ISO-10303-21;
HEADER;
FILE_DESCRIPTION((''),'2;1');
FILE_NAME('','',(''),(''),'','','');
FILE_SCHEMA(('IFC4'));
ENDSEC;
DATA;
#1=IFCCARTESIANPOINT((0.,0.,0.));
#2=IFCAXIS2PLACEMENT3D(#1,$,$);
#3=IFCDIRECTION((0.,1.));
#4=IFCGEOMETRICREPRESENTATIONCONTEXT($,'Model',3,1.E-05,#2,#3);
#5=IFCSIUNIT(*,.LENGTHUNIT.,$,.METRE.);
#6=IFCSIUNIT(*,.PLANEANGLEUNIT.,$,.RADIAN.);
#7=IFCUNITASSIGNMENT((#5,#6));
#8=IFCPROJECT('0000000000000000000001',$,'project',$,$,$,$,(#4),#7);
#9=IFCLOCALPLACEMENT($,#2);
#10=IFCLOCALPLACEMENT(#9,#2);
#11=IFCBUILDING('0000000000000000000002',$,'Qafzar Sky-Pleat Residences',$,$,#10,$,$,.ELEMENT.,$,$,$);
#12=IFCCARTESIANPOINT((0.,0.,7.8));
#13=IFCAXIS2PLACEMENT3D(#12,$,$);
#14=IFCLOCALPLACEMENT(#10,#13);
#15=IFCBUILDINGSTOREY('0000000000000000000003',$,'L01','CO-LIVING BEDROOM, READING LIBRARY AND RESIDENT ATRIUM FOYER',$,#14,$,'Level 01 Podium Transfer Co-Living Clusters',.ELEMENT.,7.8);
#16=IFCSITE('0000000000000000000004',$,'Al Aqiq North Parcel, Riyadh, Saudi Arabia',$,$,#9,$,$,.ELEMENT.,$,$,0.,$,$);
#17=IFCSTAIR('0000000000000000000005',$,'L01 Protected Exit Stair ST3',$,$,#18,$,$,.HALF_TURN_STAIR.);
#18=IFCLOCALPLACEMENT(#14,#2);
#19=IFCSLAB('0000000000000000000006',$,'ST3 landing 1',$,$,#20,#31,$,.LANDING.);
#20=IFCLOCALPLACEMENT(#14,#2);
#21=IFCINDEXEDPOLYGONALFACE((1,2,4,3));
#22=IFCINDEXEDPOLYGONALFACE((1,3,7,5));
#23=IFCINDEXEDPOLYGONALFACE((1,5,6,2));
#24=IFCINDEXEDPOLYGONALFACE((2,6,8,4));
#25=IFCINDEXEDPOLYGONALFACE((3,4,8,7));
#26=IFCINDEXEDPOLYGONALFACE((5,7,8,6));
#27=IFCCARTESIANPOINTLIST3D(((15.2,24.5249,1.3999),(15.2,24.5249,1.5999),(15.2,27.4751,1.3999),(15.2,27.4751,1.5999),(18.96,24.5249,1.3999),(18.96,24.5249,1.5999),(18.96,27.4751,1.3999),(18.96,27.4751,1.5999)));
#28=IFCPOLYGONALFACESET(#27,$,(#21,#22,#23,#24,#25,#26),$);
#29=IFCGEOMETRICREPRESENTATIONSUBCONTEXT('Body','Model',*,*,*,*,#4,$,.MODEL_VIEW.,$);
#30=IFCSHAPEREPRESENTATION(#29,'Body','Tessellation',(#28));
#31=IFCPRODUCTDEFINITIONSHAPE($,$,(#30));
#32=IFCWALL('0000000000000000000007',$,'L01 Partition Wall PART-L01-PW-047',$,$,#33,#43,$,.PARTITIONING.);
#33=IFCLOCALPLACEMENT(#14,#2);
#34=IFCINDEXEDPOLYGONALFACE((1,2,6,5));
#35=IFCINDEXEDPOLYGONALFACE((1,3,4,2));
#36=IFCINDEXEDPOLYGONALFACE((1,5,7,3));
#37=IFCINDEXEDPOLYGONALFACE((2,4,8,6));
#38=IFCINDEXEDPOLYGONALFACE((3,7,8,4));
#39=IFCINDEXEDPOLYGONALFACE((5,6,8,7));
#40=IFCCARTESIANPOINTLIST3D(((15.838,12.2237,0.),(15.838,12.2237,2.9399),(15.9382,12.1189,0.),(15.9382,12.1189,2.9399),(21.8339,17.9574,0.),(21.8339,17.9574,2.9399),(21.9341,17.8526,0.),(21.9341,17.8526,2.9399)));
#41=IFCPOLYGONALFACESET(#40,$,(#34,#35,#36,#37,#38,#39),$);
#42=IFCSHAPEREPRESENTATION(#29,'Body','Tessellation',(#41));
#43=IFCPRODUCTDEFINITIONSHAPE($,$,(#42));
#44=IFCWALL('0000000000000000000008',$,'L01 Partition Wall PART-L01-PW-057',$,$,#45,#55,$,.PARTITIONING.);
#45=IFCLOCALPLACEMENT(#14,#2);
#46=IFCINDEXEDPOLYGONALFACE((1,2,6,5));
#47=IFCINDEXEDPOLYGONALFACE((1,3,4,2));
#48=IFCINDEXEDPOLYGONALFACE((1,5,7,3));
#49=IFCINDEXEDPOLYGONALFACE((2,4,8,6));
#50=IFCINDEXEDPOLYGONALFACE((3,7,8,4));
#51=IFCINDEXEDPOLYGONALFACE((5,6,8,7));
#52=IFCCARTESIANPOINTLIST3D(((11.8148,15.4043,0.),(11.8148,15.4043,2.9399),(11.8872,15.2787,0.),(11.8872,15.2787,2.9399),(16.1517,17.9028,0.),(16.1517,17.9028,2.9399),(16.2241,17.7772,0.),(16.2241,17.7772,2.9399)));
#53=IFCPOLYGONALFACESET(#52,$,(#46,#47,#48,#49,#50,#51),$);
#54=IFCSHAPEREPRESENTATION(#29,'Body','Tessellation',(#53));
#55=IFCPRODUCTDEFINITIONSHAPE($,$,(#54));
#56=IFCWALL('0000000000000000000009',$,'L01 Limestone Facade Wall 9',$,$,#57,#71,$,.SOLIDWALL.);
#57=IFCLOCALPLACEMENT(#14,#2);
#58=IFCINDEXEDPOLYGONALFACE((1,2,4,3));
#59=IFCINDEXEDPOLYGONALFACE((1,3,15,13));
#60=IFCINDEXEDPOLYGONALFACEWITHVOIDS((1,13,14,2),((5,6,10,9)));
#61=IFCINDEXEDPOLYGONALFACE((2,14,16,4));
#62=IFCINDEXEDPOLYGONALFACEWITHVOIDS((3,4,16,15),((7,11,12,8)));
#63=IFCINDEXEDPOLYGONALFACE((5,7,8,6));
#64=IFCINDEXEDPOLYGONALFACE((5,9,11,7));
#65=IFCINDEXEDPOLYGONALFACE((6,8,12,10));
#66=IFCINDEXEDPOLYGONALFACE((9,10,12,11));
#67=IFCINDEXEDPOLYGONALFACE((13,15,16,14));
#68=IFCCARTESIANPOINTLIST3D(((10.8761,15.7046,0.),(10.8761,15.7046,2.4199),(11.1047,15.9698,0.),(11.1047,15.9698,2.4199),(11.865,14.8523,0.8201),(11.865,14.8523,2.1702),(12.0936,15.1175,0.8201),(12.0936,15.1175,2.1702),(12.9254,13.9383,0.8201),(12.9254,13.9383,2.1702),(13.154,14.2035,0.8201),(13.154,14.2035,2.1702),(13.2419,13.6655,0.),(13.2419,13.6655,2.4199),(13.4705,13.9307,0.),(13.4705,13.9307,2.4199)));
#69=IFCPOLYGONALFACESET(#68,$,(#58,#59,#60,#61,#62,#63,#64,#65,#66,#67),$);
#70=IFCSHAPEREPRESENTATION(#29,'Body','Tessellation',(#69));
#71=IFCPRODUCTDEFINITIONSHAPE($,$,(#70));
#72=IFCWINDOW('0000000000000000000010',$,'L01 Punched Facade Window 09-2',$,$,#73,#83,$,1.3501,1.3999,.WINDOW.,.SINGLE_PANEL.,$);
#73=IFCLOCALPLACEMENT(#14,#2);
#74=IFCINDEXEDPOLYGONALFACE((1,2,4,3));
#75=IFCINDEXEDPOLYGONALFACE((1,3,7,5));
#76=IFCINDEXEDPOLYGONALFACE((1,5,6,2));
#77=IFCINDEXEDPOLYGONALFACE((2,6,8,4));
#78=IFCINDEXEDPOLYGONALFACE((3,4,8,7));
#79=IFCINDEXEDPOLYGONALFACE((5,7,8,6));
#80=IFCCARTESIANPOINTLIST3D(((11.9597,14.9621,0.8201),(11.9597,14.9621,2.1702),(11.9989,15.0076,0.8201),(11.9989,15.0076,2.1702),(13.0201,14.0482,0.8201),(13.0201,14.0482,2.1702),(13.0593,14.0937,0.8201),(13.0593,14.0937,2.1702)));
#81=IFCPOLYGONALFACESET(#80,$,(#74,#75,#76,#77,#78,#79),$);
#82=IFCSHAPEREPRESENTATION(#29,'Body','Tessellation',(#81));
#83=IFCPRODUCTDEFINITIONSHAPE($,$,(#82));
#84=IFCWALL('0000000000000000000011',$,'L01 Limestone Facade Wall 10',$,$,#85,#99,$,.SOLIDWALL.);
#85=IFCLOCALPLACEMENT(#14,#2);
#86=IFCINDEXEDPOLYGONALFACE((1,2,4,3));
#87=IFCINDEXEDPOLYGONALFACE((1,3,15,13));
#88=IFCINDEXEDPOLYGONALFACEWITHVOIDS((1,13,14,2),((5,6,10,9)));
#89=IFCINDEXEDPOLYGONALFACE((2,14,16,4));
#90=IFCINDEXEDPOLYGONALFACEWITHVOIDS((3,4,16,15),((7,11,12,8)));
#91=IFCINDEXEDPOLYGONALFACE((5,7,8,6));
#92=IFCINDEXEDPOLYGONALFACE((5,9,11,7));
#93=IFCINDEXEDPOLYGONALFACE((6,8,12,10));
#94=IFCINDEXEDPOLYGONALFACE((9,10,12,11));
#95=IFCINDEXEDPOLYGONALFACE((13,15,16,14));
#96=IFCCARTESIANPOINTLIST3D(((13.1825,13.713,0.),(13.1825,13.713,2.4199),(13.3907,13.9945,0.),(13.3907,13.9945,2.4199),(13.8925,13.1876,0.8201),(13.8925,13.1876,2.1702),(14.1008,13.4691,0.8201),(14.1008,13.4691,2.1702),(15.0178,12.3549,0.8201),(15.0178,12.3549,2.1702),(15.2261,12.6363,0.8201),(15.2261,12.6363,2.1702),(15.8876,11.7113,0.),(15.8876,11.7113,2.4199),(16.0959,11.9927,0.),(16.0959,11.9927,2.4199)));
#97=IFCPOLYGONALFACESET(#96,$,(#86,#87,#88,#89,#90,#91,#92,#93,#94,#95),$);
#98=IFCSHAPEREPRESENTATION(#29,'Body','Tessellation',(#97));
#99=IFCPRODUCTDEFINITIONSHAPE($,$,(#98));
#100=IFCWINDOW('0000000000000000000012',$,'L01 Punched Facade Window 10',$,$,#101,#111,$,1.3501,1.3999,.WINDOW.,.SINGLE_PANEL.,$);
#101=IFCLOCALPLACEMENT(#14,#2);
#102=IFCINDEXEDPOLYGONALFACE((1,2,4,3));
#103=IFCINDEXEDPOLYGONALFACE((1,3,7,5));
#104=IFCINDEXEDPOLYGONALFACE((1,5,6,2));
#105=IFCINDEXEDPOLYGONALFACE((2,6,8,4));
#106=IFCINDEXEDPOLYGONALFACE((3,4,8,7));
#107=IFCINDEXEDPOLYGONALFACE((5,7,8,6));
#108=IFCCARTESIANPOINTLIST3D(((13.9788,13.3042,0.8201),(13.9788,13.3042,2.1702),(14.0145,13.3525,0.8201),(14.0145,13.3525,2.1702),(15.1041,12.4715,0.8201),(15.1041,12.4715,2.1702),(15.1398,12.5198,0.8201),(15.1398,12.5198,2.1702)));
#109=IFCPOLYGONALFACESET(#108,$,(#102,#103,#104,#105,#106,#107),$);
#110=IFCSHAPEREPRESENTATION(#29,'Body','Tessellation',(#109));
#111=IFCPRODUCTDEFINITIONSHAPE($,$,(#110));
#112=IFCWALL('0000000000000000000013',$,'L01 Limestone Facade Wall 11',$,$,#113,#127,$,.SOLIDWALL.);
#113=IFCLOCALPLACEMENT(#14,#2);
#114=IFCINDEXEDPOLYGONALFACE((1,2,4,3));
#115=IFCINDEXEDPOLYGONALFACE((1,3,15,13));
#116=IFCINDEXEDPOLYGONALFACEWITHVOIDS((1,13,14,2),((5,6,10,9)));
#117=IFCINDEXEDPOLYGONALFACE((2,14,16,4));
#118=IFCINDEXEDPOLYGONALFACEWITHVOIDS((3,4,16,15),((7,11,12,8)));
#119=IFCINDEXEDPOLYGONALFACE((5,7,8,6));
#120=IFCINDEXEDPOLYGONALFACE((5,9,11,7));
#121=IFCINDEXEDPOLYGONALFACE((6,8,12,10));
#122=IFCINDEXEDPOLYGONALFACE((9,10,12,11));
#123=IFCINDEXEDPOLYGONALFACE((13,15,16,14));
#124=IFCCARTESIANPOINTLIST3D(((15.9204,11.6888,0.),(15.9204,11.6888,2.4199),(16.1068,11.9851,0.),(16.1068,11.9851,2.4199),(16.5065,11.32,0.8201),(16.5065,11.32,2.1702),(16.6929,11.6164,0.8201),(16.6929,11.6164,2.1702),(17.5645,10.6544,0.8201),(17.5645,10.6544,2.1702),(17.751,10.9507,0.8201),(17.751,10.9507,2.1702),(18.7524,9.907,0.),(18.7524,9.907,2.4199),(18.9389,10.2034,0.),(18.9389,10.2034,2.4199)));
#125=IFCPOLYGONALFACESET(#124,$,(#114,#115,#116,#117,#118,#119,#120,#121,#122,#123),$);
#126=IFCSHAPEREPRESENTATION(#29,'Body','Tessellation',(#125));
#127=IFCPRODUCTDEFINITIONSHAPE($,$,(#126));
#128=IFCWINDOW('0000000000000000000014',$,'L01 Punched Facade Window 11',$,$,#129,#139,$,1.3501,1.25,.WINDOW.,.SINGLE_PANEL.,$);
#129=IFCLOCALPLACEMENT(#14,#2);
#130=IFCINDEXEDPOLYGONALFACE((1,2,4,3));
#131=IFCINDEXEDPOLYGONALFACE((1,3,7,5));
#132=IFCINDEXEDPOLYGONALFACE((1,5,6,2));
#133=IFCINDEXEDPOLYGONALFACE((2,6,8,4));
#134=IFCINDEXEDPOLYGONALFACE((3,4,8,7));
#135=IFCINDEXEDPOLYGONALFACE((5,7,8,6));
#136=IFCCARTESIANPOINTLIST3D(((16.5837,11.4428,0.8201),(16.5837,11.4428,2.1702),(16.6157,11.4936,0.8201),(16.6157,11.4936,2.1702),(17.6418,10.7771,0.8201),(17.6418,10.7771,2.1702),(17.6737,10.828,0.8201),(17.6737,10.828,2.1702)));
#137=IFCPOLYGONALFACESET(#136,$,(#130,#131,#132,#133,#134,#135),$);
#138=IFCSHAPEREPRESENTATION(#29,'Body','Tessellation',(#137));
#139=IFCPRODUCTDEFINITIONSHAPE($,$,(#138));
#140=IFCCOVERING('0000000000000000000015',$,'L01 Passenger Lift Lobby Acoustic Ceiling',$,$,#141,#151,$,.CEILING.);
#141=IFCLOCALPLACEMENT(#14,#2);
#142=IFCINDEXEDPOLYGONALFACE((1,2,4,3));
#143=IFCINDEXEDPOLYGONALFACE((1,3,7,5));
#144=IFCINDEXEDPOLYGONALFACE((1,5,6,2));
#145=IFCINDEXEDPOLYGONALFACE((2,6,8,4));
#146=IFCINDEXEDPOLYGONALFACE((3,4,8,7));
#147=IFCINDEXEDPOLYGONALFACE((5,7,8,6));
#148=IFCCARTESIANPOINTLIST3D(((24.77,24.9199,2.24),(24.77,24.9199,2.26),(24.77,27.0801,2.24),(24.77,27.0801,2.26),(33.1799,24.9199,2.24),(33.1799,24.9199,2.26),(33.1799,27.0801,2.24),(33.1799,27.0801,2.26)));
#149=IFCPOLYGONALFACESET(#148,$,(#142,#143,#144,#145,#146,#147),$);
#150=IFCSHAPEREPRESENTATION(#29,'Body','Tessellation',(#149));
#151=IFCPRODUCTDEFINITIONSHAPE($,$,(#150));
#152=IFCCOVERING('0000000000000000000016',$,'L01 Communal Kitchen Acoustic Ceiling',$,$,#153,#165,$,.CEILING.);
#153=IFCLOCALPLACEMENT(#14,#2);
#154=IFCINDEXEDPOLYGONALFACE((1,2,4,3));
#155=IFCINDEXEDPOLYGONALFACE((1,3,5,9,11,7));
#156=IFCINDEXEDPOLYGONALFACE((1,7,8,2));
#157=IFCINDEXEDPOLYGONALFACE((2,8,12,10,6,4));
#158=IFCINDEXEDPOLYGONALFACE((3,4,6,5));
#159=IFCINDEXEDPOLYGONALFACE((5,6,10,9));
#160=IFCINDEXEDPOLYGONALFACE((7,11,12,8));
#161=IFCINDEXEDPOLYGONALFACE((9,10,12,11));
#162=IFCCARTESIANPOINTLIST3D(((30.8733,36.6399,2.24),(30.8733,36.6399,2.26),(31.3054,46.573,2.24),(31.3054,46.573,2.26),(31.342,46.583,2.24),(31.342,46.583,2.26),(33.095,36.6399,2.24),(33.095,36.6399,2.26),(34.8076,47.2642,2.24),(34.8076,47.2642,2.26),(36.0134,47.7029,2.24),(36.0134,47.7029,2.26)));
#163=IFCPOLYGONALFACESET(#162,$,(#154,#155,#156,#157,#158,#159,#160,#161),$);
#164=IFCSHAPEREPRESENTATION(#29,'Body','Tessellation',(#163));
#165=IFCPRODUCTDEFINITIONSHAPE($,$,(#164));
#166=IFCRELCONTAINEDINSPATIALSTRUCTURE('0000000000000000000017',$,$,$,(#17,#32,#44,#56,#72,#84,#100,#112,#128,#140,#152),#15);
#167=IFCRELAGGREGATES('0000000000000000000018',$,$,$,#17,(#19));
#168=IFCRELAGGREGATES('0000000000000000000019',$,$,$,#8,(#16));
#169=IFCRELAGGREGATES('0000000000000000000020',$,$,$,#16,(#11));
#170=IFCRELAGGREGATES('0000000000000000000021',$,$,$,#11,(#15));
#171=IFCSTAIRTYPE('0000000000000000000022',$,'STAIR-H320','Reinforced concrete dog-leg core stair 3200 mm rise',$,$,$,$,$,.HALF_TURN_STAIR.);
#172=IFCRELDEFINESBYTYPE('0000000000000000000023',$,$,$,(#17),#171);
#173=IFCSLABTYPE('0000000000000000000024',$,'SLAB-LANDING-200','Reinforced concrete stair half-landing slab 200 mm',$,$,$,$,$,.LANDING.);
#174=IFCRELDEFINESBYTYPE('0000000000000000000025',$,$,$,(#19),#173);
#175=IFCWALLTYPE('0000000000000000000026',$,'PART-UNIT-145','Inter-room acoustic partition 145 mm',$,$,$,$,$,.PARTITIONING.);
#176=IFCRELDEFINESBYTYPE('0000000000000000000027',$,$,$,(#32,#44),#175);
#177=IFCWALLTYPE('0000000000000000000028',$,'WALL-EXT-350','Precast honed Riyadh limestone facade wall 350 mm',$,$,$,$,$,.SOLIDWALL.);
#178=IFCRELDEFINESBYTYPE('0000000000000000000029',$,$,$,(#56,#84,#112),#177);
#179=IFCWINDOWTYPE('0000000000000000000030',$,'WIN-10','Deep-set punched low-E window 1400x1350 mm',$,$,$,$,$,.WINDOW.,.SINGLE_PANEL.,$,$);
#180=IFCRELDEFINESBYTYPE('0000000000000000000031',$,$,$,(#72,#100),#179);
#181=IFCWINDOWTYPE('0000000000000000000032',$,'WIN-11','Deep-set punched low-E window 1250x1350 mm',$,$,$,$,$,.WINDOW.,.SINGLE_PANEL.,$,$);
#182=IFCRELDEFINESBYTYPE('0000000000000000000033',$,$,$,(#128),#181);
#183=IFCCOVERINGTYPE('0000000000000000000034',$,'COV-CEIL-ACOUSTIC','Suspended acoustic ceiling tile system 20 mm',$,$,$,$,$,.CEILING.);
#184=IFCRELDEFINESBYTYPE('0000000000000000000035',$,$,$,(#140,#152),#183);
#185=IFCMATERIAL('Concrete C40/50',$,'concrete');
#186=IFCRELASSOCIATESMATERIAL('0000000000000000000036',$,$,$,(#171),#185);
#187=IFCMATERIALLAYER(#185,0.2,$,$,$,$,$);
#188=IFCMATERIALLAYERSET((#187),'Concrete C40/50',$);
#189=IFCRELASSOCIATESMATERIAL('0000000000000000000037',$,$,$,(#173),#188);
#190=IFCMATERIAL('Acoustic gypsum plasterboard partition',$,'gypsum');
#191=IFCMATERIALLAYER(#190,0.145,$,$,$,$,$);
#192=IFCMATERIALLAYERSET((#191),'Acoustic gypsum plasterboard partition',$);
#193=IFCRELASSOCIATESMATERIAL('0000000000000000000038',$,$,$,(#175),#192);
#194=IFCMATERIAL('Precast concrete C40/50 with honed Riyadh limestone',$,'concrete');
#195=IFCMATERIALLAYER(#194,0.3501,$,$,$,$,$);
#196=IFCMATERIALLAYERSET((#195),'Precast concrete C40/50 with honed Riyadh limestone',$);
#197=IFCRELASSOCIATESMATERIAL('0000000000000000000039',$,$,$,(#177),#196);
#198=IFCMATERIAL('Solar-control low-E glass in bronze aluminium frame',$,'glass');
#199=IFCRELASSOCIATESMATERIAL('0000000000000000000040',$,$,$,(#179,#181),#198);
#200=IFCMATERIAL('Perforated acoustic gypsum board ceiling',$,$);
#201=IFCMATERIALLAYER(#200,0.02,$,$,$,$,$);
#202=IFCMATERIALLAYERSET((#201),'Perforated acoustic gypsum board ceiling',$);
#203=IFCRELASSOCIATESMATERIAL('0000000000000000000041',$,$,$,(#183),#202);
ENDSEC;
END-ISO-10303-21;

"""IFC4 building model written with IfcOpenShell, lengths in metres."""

from ifc_helpers import new_model, si_unit, direction, frame, frame_2d, origin, place, context, subcontext, project, spatial, polyline, rectangle, outline, extrude, source, transform, mapped, material, layer, layer_set, type_object, element, fill, aggregate, save


model = new_model("IFC4")

# Units and contexts
model_context = context("Model", 3, precision=1e-05, world=origin(), true_north=direction((0.0, 1.0)))
body_context = subcontext(model_context, "Body", "Model", "MODEL_VIEW")
ifc_project = project(units=[si_unit("LENGTHUNIT", "METRE"), si_unit("PLANEANGLEUNIT", "RADIAN")], contexts=[model_context])

# Site, building, storey
site_placement = place(None, origin())
site = spatial("IfcSite", under=ifc_project, at=site_placement, Name="Al Aqiq North Parcel, Riyadh, Saudi Arabia", CompositionType="ELEMENT", RefElevation=0.0)
building_placement = place(site_placement, origin())
building = spatial("IfcBuilding", under=site, at=building_placement, Name="Qafzar Sky-Pleat Residences", CompositionType="ELEMENT")
storey_placement = place(building_placement, frame((0.0, 0.0, 7.8)))
storey = spatial("IfcBuildingStorey", under=building, at=storey_placement, Name="L01", Description="CO-LIVING BEDROOM, READING LIBRARY AND RESIDENT ATRIUM FOYER", LongName="Level 01 Podium Transfer Co-Living Clusters", CompositionType="ELEMENT", Elevation=7.8)

# Shared definitions
ifc_material_1 = material(Name="Concrete C40/50", Category="concrete")

# Stair, slab
stair_type = type_object("IfcStairType", Name="STAIR-H320", Description="Reinforced concrete dog-leg core stair 3200 mm rise", PredefinedType="HALF_TURN_STAIR", material=ifc_material_1)
ifc_layer_1 = layer(ifc_material_1, 0.2)
ifc_layer_set_1 = layer_set([ifc_layer_1], Name="Concrete C40/50")
slab_type_1 = type_object("IfcSlabType", Name="SLAB-LANDING-200", Description="Reinforced concrete stair half-landing slab 200 mm", PredefinedType="LANDING", material=ifc_layer_set_1)
stair_1_placement = place(storey_placement, origin())
stair_1 = element("IfcStair", 1, at=stair_1_placement, inside=storey, type_object=stair_type, Name="L01 Protected Exit Stair ST3", PredefinedType="HALF_TURN_STAIR")
slab_1_placement = place(storey_placement, frame((0.0, 0.0, 1.3999)))
slab_1 = element("IfcSlab", 2, at=slab_1_placement, type_object=slab_type_1, Name="ST3 landing 1", PredefinedType="LANDING", context=body_context, shape_type="SweptSolid", body=[
    extrude(outline(polyline([(18.96, 27.4751), (15.2, 27.4751), (15.2, 24.5249), (18.96, 24.5249), (18.96, 27.4751)])), origin(), (0.0, 0.0, 1.0), 0.2),
])
aggregate(stair_1, [slab_1])

# Walls
ifc_material_2 = material(Name="Acoustic gypsum plasterboard partition", Category="gypsum")
ifc_layer_2 = layer(ifc_material_2, 0.145)
ifc_layer_set_2 = layer_set([ifc_layer_2], Name="Acoustic gypsum plasterboard partition")
wall_type_1 = type_object("IfcWallType", Name="PART-UNIT-145", Description="Inter-room acoustic partition 145 mm", PredefinedType="PARTITIONING", material=ifc_layer_set_2)
wall_1_placement = place(storey_placement, frame((15.8882, 12.1714, 0.0), z_axis=(0.0, 0.0, 1.0), x_axis=(0.722733, 0.691127, 0.0)))
element("IfcWall", 3, at=wall_1_placement, inside=storey, type_object=wall_type_1, Name="L01 Partition Wall PART-L01-PW-047", PredefinedType="PARTITIONING", context=body_context, shape_type="SweptSolid", body=[
    extrude(rectangle(XDim=8.2961, YDim=0.145, at=frame_2d((4.1479, 0.0))), origin(), (0.0, 0.0, 1.0), 2.9399),
])
wall_2_placement = place(storey_placement, frame((11.8511, 15.3416, 0.0), z_axis=(0.0, 0.0, 1.0), x_axis=(0.866491, 0.499193, 0.0)))
element("IfcWall", 4, at=wall_2_placement, inside=storey, type_object=wall_type_1, Name="L01 Partition Wall PART-L01-PW-057", PredefinedType="PARTITIONING", context=body_context, shape_type="SweptSolid", body=[
    extrude(rectangle(XDim=5.0051, YDim=0.145, at=frame_2d((2.5024, 0.0))), origin(), (0.0, 0.0, 1.0), 2.9399),
])

# Walls, openings, windows
ifc_material_3 = material(Name="Precast concrete C40/50 with honed Riyadh limestone", Category="concrete")
ifc_layer_3 = layer(ifc_material_3, 0.3501)
ifc_layer_set_3 = layer_set([ifc_layer_3], Name="Precast concrete C40/50 with honed Riyadh limestone")
wall_type_2 = type_object("IfcWallType", Name="WALL-EXT-350", Description="Precast honed Riyadh limestone facade wall 350 mm", PredefinedType="SOLIDWALL", material=ifc_layer_set_3)
wall_3_placement = place(storey_placement, frame((10.9905, 15.8372, 0.0), z_axis=(0.0, 0.0, 1.0), x_axis=(0.757466, -0.652875, 0.0)))
wall_3 = element("IfcWall", 5, at=wall_3_placement, inside=storey, type_object=wall_type_2, Name="L01 Limestone Facade Wall 9", PredefinedType="SOLIDWALL", context=body_context, shape_type="SweptSolid", body=[
    extrude(rectangle(XDim=3.1233, YDim=0.3501, at=frame_2d((1.5615, 0.0))), origin(), (0.0, 0.0, 1.0), 2.4199),
])
opening_1_placement = place(wall_3_placement, frame((1.3054, 0.0, 0.8201)))
opening_1 = element("IfcOpeningElement", 6, at=opening_1_placement, cuts=wall_3, PredefinedType="OPENING", context=body_context, shape_type="SweptSolid", body=[
    extrude(rectangle(XDim=1.3999, YDim=1.3501, at=frame_2d((0.7, 0.675))), frame((0.0, 0.1851, 0.0), z_axis=(0.0, -1.0, 0.0), x_axis=(1.0, 0.0, 0.0)), (0.0, 0.0, 1.0), 0.3701),
])
ifc_material_4 = material(Name="Solar-control low-E glass in bronze aluminium frame", Category="glass")
window_type_1 = type_object("IfcWindowType", Name="WIN-10", Description="Deep-set punched low-E window 1400x1350 mm", PartitioningType="SINGLE_PANEL", PredefinedType="WINDOW", material=ifc_material_4)
shared_shape_1 = source(origin(), body_context, "Body", "SweptSolid", [
    extrude(rectangle(XDim=1.3999, YDim=1.3501, at=frame_2d((0.7, 0.675))), frame((0.0, 0.03, 0.0), z_axis=(0.0, -1.0, 0.0), x_axis=(1.0, 0.0, 0.0)), (0.0, 0.0, 1.0), 0.0601),
])
window_1_placement = place(opening_1_placement, origin())
window_1 = element("IfcWindow", 7, at=window_1_placement, inside=storey, type_object=window_type_1, Name="L01 Punched Facade Window 09-2", OverallHeight=1.3501, OverallWidth=1.3999, PartitioningType="SINGLE_PANEL", PredefinedType="WINDOW", context=body_context, shape_type="MappedRepresentation", body=[
    mapped(shared_shape_1, transform((0.0, 0.0, 0.0), x_axis=(1.0, 0.0, 0.0), y_axis=(0.0, 1.0, 0.0), z_axis=(0.0, 0.0, 1.0), scale=1.0)),
])
fill(opening_1, window_1)
wall_4_placement = place(storey_placement, frame((13.2866, 13.8538, 0.0), z_axis=(0.0, 0.0, 1.0), x_axis=(0.803849, -0.594834, 0.0)))
wall_4 = element("IfcWall", 8, at=wall_4_placement, inside=storey, type_object=wall_type_2, Name="L01 Limestone Facade Wall 10", PredefinedType="SOLIDWALL", context=body_context, shape_type="SweptSolid", body=[
    extrude(rectangle(XDim=3.3652, YDim=0.3501, at=frame_2d((1.6826, 0.0))), origin(), (0.0, 0.0, 1.0), 2.4199),
])
opening_2_placement = place(wall_4_placement, frame((0.8833, 0.0, 0.8201)))
opening_2 = element("IfcOpeningElement", 9, at=opening_2_placement, cuts=wall_4, PredefinedType="OPENING", context=body_context, shape_type="SweptSolid", body=[
    extrude(rectangle(XDim=1.3999, YDim=1.3501, at=frame_2d((0.7, 0.675))), frame((0.0, 0.1851, 0.0), z_axis=(0.0, -1.0, 0.0), x_axis=(1.0, 0.0, 0.0)), (0.0, 0.0, 1.0), 0.3701),
])
window_2_placement = place(opening_2_placement, origin())
window_2 = element("IfcWindow", 10, at=window_2_placement, inside=storey, type_object=window_type_1, Name="L01 Punched Facade Window 10", OverallHeight=1.3501, OverallWidth=1.3999, PartitioningType="SINGLE_PANEL", PredefinedType="WINDOW", context=body_context, shape_type="MappedRepresentation", body=[
    mapped(shared_shape_1, transform((0.0, 0.0, 0.0), x_axis=(1.0, 0.0, 0.0), y_axis=(0.0, 1.0, 0.0), z_axis=(0.0, 0.0, 1.0), scale=1.0)),
])
fill(opening_2, window_2)
wall_5_placement = place(storey_placement, frame((16.0137, 11.8369, 0.0), z_axis=(0.0, 0.0, 1.0), x_axis=(0.84642, -0.532515, 0.0)))
wall_5 = element("IfcWall", 11, at=wall_5_placement, inside=storey, type_object=wall_type_2, Name="L01 Limestone Facade Wall 11", PredefinedType="SOLIDWALL", context=body_context, shape_type="SweptSolid", body=[
    extrude(rectangle(XDim=3.3459, YDim=0.3501, at=frame_2d((1.6729, 0.0))), origin(), (0.0, 0.0, 1.0), 2.4199),
])
opening_3_placement = place(wall_5_placement, frame((0.6924, 0.0, 0.8201)))
opening_3 = element("IfcOpeningElement", 12, at=opening_3_placement, cuts=wall_5, PredefinedType="OPENING", context=body_context, shape_type="SweptSolid", body=[
    extrude(rectangle(XDim=1.25, YDim=1.3501, at=frame_2d((0.625, 0.675))), frame((0.0, 0.1851, 0.0), z_axis=(0.0, -1.0, 0.0), x_axis=(1.0, 0.0, 0.0)), (0.0, 0.0, 1.0), 0.3701),
])
window_type_2 = type_object("IfcWindowType", Name="WIN-11", Description="Deep-set punched low-E window 1250x1350 mm", PartitioningType="SINGLE_PANEL", PredefinedType="WINDOW", material=ifc_material_4)
shared_shape_2 = source(origin(), body_context, "Body", "SweptSolid", [
    extrude(rectangle(XDim=1.25, YDim=1.3501, at=frame_2d((0.625, 0.675))), frame((0.0, 0.03, 0.0), z_axis=(0.0, -1.0, 0.0), x_axis=(1.0, 0.0, 0.0)), (0.0, 0.0, 1.0), 0.0601),
])
window_3_placement = place(opening_3_placement, origin())
window_3 = element("IfcWindow", 13, at=window_3_placement, inside=storey, type_object=window_type_2, Name="L01 Punched Facade Window 11", OverallHeight=1.3501, OverallWidth=1.25, PartitioningType="SINGLE_PANEL", PredefinedType="WINDOW", context=body_context, shape_type="MappedRepresentation", body=[
    mapped(shared_shape_2, transform((0.0, 0.0, 0.0), x_axis=(1.0, 0.0, 0.0), y_axis=(0.0, 1.0, 0.0), z_axis=(0.0, 0.0, 1.0), scale=1.0)),
])
fill(opening_3, window_3)

# Coverings
ifc_material_5 = material(Name="Perforated acoustic gypsum board ceiling")
ifc_layer_4 = layer(ifc_material_5, 0.02)
ifc_layer_set_4 = layer_set([ifc_layer_4], Name="Perforated acoustic gypsum board ceiling")
covering_type_1 = type_object("IfcCoveringType", Name="COV-CEIL-ACOUSTIC", Description="Suspended acoustic ceiling tile system 20 mm", PredefinedType="CEILING", material=ifc_layer_set_4)
covering_1_placement = place(storey_placement, frame((0.0, 0.0, 2.24)))
element("IfcCovering", 14, at=covering_1_placement, inside=storey, type_object=covering_type_1, Name="L01 Passenger Lift Lobby Acoustic Ceiling", PredefinedType="CEILING", context=body_context, shape_type="SweptSolid", body=[
    extrude(outline(polyline([(33.1799, 24.9199), (24.77, 24.9199), (24.77, 27.0801), (33.1799, 27.0801), (33.1799, 24.9199)])), origin(), (0.0, 0.0, 1.0), 0.02),
])
covering_2_placement = place(storey_placement, frame((0.0, 0.0, 2.24)))
element("IfcCovering", 15, at=covering_2_placement, inside=storey, type_object=covering_type_1, Name="L01 Communal Kitchen Acoustic Ceiling", PredefinedType="CEILING", context=body_context, shape_type="SweptSolid", body=[
    extrude(outline(polyline([(34.8076, 47.2642), (36.0134, 47.7029), (33.095, 36.6399), (30.8733, 36.6399), (31.3054, 46.573), (31.342, 46.583), (34.8076, 47.2642)])), origin(), (0.0, 0.0, 1.0), 0.02),
])

save(model, "model.ifc")
